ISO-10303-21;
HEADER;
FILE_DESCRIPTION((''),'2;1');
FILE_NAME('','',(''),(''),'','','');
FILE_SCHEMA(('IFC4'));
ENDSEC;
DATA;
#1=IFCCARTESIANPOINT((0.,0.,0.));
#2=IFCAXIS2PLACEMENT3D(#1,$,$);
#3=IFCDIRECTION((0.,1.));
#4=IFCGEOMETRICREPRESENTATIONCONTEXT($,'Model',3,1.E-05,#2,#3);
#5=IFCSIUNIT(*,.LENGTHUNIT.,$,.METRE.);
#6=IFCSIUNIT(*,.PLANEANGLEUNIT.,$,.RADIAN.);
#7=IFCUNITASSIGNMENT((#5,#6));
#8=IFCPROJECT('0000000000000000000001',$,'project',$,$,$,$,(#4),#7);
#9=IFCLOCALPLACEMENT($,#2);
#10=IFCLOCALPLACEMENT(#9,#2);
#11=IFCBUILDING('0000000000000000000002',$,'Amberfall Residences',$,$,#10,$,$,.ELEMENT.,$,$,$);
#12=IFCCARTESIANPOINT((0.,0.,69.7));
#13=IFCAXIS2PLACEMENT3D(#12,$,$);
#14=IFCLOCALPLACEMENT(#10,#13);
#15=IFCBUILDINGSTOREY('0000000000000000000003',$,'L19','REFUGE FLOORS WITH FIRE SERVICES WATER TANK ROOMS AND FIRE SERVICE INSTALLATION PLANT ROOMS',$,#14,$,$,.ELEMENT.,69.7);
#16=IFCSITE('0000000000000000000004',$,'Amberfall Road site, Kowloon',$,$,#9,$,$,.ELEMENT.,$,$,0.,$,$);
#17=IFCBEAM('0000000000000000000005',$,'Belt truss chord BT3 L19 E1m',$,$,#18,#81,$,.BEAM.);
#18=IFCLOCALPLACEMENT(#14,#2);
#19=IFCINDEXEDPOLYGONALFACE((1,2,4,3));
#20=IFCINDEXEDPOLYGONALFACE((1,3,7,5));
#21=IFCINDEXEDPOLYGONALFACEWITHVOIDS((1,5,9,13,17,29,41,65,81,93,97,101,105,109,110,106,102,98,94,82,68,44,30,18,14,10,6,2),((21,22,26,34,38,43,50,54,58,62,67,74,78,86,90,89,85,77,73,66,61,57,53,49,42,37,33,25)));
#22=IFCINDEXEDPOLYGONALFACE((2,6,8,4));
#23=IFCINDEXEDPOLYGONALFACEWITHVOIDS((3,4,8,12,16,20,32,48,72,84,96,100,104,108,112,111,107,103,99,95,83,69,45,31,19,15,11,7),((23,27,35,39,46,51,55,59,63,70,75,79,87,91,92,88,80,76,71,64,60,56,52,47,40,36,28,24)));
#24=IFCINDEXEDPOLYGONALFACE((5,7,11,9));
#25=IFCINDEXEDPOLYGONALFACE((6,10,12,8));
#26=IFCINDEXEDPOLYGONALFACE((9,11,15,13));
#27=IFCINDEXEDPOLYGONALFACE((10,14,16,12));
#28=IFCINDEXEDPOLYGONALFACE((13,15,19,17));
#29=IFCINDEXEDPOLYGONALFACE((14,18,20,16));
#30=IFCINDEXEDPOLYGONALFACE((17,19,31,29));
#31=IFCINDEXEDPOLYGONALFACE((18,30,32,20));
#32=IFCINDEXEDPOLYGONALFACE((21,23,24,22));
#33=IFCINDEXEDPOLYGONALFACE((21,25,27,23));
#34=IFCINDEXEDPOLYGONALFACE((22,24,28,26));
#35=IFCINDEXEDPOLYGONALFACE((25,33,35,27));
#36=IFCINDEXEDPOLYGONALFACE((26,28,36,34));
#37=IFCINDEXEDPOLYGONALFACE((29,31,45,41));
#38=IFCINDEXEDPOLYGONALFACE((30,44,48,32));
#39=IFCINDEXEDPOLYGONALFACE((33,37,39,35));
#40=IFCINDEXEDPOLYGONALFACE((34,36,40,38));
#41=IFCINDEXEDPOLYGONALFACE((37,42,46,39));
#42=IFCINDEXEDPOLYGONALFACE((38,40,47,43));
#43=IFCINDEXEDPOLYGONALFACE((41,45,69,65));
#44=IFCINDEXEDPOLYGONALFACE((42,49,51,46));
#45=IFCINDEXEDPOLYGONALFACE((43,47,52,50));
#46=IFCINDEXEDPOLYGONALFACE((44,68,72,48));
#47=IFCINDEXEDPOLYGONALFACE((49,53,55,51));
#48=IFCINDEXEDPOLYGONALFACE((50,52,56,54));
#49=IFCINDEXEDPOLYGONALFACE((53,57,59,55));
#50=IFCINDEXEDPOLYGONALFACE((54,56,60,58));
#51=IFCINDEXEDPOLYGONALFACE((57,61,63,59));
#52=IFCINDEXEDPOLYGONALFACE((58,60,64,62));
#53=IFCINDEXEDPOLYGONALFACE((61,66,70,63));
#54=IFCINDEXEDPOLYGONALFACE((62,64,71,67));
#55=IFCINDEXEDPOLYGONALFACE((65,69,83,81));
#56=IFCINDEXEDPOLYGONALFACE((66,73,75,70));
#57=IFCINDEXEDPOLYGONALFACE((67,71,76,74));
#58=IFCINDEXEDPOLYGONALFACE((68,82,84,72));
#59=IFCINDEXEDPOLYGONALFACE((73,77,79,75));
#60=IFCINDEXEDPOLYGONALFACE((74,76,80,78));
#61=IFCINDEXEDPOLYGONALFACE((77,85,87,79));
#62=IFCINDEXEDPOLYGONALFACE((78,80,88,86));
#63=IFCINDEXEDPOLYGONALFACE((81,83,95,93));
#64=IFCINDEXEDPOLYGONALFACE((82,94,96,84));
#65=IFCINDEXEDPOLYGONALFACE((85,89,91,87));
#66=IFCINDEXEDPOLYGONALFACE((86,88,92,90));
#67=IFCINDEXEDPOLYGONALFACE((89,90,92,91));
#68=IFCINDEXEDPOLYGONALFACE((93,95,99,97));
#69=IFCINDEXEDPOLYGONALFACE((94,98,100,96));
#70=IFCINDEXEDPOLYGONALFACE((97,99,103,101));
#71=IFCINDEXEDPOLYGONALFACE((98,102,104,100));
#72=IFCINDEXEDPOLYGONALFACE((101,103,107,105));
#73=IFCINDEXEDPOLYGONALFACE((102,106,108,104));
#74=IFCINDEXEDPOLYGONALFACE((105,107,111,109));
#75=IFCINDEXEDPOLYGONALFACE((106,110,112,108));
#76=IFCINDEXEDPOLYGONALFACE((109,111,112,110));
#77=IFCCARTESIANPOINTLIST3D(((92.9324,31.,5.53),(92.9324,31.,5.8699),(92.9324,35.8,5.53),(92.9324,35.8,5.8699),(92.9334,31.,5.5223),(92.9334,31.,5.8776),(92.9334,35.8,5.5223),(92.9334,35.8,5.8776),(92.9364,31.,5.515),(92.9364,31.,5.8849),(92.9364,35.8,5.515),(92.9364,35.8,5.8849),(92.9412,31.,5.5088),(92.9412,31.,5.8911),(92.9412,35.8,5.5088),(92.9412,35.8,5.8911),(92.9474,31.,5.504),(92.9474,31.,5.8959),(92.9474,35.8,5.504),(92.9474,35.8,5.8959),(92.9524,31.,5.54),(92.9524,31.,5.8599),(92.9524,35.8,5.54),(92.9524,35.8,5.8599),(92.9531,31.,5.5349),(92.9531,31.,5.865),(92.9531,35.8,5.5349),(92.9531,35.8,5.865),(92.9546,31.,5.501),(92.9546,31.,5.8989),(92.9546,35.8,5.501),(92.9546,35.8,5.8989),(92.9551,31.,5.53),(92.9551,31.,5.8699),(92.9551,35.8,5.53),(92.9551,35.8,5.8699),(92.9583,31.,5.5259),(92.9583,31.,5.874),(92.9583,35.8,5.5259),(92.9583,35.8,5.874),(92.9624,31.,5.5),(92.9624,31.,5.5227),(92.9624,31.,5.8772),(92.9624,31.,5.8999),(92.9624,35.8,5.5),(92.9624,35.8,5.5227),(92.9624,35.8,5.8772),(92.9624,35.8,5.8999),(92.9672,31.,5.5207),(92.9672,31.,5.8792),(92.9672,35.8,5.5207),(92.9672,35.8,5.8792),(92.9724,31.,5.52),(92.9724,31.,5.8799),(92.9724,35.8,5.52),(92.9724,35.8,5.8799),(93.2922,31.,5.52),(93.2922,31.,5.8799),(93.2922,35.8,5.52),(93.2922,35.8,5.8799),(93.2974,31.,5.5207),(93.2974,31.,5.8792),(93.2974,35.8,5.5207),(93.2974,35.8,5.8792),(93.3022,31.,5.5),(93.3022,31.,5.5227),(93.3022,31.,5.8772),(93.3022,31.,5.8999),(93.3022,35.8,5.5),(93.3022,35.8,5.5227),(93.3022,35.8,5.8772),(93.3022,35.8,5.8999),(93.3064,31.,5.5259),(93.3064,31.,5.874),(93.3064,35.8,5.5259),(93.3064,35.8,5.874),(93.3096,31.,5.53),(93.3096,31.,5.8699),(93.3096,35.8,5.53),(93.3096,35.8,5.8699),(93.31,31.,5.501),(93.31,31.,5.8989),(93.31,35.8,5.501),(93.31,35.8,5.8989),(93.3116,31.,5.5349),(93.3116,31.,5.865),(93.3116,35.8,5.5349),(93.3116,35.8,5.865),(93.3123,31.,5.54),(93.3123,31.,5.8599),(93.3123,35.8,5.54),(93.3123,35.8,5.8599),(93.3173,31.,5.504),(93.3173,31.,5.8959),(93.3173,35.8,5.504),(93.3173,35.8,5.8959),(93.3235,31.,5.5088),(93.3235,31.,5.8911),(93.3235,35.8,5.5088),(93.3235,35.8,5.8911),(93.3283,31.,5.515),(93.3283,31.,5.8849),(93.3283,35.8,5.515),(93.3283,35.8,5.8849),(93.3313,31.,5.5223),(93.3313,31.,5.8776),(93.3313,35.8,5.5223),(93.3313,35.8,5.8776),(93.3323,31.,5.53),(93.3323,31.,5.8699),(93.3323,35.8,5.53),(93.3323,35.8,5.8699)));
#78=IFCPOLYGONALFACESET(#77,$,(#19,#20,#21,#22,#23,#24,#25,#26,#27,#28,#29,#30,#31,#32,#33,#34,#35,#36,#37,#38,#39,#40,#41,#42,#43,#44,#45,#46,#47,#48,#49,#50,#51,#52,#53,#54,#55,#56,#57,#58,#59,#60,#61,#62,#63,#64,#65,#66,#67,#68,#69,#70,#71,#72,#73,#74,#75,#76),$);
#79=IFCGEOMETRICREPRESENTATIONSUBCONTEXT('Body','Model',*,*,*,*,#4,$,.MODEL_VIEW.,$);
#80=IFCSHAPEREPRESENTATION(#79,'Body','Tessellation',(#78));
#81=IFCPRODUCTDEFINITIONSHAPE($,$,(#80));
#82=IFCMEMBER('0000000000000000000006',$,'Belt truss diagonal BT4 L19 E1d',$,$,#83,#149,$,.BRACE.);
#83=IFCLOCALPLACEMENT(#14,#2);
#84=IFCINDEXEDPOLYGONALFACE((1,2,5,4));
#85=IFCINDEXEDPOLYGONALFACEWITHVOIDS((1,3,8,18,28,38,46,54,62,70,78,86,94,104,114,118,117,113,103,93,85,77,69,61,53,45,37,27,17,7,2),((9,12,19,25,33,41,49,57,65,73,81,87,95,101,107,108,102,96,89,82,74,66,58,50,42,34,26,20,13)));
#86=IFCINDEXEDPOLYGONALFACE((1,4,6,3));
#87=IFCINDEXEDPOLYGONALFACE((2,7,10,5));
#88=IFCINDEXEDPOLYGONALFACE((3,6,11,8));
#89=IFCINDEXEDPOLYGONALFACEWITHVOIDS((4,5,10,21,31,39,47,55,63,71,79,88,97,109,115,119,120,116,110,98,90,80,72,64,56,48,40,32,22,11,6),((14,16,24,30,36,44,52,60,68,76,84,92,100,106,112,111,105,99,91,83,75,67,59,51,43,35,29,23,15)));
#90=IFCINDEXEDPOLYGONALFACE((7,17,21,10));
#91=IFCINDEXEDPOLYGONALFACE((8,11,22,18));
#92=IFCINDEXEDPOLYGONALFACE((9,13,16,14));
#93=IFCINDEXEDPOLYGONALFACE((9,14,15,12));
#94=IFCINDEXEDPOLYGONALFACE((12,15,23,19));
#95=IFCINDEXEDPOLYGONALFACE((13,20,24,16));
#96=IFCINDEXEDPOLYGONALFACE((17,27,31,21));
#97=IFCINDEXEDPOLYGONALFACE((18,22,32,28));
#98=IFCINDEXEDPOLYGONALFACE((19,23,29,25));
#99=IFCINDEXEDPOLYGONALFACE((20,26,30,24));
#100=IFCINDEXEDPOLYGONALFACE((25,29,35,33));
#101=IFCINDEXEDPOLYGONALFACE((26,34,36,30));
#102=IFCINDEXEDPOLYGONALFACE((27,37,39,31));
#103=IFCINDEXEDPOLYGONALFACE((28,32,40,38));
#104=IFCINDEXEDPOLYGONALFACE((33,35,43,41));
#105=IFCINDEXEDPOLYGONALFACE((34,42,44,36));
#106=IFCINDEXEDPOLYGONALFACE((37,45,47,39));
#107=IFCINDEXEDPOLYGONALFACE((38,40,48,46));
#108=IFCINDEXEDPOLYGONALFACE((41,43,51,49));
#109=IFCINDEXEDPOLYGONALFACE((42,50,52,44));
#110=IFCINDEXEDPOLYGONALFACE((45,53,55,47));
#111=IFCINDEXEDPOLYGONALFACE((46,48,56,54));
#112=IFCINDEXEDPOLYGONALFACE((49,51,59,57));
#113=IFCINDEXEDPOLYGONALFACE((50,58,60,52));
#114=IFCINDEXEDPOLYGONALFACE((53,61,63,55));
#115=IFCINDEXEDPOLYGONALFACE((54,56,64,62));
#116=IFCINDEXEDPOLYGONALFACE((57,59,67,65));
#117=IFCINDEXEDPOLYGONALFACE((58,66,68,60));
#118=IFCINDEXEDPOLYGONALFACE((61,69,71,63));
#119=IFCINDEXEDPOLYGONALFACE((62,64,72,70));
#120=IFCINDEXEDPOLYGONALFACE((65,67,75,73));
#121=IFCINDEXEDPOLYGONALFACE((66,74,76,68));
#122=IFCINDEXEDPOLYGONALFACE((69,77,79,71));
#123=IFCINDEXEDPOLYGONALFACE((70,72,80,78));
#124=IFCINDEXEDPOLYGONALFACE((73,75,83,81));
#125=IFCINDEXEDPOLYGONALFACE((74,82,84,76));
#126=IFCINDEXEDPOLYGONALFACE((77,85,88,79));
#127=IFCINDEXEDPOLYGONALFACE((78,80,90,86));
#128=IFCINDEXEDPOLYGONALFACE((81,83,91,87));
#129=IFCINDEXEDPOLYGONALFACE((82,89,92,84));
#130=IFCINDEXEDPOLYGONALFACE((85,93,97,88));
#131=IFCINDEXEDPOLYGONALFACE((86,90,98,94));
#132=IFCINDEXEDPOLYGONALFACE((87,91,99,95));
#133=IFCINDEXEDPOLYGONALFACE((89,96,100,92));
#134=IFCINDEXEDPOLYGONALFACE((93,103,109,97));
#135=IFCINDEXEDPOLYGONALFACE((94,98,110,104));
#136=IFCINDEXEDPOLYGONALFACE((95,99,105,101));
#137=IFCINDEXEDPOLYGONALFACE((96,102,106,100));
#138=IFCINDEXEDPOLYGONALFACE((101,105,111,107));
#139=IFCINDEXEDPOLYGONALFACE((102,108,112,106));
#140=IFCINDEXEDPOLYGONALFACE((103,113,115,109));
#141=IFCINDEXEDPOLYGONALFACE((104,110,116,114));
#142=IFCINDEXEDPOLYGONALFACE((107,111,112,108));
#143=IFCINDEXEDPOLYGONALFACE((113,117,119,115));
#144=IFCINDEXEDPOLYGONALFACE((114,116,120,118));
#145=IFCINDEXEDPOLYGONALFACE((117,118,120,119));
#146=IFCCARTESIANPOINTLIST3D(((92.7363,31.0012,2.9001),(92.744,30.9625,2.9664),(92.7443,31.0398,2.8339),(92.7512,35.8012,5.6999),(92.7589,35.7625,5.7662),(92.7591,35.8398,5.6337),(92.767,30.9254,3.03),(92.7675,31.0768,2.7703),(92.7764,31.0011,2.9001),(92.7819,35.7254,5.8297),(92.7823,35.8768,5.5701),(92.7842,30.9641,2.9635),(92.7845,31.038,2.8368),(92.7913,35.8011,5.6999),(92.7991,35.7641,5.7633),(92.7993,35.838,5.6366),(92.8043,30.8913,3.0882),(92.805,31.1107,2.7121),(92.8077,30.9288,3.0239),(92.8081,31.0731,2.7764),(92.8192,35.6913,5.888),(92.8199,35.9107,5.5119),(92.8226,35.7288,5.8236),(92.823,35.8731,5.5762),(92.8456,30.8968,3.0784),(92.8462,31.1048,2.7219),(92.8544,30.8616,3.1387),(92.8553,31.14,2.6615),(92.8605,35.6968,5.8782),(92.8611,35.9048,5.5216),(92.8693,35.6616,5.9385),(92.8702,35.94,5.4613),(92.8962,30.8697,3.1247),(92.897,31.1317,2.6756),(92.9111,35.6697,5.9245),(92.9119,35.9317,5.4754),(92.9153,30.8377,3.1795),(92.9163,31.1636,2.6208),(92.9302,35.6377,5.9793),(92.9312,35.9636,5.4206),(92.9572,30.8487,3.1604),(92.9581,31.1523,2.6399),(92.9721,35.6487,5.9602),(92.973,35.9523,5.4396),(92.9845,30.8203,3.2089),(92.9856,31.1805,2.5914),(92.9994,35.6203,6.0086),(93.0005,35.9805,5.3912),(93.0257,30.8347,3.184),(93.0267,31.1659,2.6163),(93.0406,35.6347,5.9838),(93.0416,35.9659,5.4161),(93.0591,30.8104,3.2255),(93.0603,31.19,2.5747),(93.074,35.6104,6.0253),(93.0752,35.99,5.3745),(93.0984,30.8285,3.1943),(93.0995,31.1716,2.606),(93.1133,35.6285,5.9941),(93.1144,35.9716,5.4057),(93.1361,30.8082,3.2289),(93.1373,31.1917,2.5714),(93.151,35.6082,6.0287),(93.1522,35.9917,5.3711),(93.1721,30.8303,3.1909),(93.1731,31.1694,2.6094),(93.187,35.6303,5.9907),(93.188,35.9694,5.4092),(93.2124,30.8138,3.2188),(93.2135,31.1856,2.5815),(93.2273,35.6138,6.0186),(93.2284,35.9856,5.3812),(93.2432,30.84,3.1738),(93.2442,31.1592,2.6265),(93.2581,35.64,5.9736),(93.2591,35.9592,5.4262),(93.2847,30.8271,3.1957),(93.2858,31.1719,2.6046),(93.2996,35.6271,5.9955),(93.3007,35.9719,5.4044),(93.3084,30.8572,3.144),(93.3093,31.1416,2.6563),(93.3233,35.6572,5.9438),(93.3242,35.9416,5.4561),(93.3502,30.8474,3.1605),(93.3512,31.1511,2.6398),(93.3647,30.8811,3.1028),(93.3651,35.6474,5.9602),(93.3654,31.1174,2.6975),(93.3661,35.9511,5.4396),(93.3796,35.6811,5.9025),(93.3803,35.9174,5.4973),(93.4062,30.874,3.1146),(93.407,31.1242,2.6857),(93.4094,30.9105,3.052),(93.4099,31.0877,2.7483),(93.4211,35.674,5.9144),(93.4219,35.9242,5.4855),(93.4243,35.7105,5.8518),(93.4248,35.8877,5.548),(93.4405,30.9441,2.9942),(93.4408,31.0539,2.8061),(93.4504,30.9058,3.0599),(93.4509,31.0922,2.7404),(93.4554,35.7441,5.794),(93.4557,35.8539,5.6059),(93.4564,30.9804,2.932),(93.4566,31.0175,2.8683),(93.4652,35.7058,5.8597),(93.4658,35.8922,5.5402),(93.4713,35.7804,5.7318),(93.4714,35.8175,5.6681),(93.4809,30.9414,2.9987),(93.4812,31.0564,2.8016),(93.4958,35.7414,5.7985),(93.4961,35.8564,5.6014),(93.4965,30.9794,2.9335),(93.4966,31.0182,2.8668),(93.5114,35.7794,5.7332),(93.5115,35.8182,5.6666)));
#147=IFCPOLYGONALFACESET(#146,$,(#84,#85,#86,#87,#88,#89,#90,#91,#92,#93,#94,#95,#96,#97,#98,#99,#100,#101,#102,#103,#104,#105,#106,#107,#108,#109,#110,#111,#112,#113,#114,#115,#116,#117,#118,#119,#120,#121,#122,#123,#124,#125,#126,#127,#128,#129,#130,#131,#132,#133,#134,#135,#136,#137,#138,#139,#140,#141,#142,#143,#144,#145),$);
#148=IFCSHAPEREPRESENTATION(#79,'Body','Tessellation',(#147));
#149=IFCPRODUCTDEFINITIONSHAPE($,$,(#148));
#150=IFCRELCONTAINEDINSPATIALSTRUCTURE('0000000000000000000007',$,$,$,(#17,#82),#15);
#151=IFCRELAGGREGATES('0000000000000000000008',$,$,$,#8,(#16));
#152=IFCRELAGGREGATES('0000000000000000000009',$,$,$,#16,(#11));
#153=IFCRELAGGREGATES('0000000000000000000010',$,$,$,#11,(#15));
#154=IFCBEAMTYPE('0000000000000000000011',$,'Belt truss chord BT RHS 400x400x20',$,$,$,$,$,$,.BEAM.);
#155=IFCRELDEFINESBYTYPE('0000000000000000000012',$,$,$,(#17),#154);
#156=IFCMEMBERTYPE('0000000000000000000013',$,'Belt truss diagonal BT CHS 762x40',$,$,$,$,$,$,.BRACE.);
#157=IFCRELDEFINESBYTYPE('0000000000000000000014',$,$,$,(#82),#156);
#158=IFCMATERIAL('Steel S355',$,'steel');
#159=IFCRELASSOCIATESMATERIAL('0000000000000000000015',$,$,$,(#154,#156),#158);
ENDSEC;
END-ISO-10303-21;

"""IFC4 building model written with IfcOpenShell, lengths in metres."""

from ifc_helpers import new_model, si_unit, direction, frame, origin, origin_2d, place, context, subcontext, project, spatial, hollow_rectangle, hollow_circle, extrude, material, material_profile, profile_set, type_object, element, save


model = new_model("IFC4")

# Units and contexts
model_context = context("Model", 3, precision=1e-05, world=origin(), true_north=direction((0.0, 1.0)))
body_context = subcontext(model_context, "Body", "Model", "MODEL_VIEW")
ifc_project = project(units=[si_unit("LENGTHUNIT", "METRE"), si_unit("PLANEANGLEUNIT", "RADIAN")], contexts=[model_context])

# Site, building, storey
site_placement = place(None, origin())
site = spatial("IfcSite", under=ifc_project, at=site_placement, Name="Amberfall Road site, Kowloon", CompositionType="ELEMENT", RefElevation=0.0)
building_placement = place(site_placement, origin())
building = spatial("IfcBuilding", under=site, at=building_placement, Name="Amberfall Residences", CompositionType="ELEMENT")
storey_placement = place(building_placement, frame((0.0, 0.0, 69.7)))
storey = spatial("IfcBuildingStorey", under=building, at=storey_placement, Name="L19", Description="REFUGE FLOORS WITH FIRE SERVICES WATER TANK ROOMS AND FIRE SERVICE INSTALLATION PLANT ROOMS", CompositionType="ELEMENT", Elevation=69.7)

# Beam
ifc_material_1 = material(Name="Steel S355", Category="steel")
ifc_material_profile_1 = material_profile(ifc_material_1, hollow_rectangle(XDim=0.3999, YDim=0.3999, WallThickness=0.02, InnerFilletRadius=0.02, OuterFilletRadius=0.03, at=origin_2d()), Name="RHS 400x400x20")
ifc_profile_set_1 = profile_set([ifc_material_profile_1], Name="Steel S355")
beam_type_1 = type_object("IfcBeamType", Name="Belt truss chord BT RHS 400x400x20", PredefinedType="BEAM", material=ifc_profile_set_1)
for number, where, z_axis, x_axis, name in (
    (1, (93.1323, 31.0, 5.7), (0.0, 1.0, 0.0), (-1.0, 0.0, 0.0), "Belt truss chord BT3 L19 E1m"),
):
    element("IfcBeam", number, at=place(storey_placement, frame(where, z_axis=z_axis, x_axis=x_axis)), inside=storey, type_object=beam_type_1, Name=name, PredefinedType="BEAM", context=body_context, shape_type="SweptSolid", body=[
        extrude(hollow_rectangle(XDim=0.3999, YDim=0.3999, WallThickness=0.02, InnerFilletRadius=0.02, OuterFilletRadius=0.03, at=origin_2d()), origin(), (0.0, 0.0, 1.0), 4.8),
    ])

# Member
ifc_material_profile_2 = material_profile(ifc_material_1, hollow_circle(Radius=0.3811, WallThickness=0.04, at=origin_2d()), Name="CHS 762x40")
ifc_profile_set_2 = profile_set([ifc_material_profile_2], Name="Steel S355")
member_type_1 = type_object("IfcMemberType", Name="Belt truss diagonal BT CHS 762x40", PredefinedType="BRACE", material=ifc_profile_set_2)
member_1_placement = place(storey_placement, frame((93.1174, 31.0, 2.9001), z_axis=(0.00268, 0.863793, 0.503839), x_axis=(-0.999995, 0.003103, 0.0)))
element("IfcMember", 2, at=member_1_placement, inside=storey, type_object=member_type_1, Name="Belt truss diagonal BT4 L19 E1d", PredefinedType="BRACE", context=body_context, shape_type="SweptSolid", body=[
    extrude(hollow_circle(Radius=0.3811, WallThickness=0.04, at=origin_2d()), origin(), (0.0, 0.0, 1.0), 5.5569),
])

save(model, "model.ifc")
